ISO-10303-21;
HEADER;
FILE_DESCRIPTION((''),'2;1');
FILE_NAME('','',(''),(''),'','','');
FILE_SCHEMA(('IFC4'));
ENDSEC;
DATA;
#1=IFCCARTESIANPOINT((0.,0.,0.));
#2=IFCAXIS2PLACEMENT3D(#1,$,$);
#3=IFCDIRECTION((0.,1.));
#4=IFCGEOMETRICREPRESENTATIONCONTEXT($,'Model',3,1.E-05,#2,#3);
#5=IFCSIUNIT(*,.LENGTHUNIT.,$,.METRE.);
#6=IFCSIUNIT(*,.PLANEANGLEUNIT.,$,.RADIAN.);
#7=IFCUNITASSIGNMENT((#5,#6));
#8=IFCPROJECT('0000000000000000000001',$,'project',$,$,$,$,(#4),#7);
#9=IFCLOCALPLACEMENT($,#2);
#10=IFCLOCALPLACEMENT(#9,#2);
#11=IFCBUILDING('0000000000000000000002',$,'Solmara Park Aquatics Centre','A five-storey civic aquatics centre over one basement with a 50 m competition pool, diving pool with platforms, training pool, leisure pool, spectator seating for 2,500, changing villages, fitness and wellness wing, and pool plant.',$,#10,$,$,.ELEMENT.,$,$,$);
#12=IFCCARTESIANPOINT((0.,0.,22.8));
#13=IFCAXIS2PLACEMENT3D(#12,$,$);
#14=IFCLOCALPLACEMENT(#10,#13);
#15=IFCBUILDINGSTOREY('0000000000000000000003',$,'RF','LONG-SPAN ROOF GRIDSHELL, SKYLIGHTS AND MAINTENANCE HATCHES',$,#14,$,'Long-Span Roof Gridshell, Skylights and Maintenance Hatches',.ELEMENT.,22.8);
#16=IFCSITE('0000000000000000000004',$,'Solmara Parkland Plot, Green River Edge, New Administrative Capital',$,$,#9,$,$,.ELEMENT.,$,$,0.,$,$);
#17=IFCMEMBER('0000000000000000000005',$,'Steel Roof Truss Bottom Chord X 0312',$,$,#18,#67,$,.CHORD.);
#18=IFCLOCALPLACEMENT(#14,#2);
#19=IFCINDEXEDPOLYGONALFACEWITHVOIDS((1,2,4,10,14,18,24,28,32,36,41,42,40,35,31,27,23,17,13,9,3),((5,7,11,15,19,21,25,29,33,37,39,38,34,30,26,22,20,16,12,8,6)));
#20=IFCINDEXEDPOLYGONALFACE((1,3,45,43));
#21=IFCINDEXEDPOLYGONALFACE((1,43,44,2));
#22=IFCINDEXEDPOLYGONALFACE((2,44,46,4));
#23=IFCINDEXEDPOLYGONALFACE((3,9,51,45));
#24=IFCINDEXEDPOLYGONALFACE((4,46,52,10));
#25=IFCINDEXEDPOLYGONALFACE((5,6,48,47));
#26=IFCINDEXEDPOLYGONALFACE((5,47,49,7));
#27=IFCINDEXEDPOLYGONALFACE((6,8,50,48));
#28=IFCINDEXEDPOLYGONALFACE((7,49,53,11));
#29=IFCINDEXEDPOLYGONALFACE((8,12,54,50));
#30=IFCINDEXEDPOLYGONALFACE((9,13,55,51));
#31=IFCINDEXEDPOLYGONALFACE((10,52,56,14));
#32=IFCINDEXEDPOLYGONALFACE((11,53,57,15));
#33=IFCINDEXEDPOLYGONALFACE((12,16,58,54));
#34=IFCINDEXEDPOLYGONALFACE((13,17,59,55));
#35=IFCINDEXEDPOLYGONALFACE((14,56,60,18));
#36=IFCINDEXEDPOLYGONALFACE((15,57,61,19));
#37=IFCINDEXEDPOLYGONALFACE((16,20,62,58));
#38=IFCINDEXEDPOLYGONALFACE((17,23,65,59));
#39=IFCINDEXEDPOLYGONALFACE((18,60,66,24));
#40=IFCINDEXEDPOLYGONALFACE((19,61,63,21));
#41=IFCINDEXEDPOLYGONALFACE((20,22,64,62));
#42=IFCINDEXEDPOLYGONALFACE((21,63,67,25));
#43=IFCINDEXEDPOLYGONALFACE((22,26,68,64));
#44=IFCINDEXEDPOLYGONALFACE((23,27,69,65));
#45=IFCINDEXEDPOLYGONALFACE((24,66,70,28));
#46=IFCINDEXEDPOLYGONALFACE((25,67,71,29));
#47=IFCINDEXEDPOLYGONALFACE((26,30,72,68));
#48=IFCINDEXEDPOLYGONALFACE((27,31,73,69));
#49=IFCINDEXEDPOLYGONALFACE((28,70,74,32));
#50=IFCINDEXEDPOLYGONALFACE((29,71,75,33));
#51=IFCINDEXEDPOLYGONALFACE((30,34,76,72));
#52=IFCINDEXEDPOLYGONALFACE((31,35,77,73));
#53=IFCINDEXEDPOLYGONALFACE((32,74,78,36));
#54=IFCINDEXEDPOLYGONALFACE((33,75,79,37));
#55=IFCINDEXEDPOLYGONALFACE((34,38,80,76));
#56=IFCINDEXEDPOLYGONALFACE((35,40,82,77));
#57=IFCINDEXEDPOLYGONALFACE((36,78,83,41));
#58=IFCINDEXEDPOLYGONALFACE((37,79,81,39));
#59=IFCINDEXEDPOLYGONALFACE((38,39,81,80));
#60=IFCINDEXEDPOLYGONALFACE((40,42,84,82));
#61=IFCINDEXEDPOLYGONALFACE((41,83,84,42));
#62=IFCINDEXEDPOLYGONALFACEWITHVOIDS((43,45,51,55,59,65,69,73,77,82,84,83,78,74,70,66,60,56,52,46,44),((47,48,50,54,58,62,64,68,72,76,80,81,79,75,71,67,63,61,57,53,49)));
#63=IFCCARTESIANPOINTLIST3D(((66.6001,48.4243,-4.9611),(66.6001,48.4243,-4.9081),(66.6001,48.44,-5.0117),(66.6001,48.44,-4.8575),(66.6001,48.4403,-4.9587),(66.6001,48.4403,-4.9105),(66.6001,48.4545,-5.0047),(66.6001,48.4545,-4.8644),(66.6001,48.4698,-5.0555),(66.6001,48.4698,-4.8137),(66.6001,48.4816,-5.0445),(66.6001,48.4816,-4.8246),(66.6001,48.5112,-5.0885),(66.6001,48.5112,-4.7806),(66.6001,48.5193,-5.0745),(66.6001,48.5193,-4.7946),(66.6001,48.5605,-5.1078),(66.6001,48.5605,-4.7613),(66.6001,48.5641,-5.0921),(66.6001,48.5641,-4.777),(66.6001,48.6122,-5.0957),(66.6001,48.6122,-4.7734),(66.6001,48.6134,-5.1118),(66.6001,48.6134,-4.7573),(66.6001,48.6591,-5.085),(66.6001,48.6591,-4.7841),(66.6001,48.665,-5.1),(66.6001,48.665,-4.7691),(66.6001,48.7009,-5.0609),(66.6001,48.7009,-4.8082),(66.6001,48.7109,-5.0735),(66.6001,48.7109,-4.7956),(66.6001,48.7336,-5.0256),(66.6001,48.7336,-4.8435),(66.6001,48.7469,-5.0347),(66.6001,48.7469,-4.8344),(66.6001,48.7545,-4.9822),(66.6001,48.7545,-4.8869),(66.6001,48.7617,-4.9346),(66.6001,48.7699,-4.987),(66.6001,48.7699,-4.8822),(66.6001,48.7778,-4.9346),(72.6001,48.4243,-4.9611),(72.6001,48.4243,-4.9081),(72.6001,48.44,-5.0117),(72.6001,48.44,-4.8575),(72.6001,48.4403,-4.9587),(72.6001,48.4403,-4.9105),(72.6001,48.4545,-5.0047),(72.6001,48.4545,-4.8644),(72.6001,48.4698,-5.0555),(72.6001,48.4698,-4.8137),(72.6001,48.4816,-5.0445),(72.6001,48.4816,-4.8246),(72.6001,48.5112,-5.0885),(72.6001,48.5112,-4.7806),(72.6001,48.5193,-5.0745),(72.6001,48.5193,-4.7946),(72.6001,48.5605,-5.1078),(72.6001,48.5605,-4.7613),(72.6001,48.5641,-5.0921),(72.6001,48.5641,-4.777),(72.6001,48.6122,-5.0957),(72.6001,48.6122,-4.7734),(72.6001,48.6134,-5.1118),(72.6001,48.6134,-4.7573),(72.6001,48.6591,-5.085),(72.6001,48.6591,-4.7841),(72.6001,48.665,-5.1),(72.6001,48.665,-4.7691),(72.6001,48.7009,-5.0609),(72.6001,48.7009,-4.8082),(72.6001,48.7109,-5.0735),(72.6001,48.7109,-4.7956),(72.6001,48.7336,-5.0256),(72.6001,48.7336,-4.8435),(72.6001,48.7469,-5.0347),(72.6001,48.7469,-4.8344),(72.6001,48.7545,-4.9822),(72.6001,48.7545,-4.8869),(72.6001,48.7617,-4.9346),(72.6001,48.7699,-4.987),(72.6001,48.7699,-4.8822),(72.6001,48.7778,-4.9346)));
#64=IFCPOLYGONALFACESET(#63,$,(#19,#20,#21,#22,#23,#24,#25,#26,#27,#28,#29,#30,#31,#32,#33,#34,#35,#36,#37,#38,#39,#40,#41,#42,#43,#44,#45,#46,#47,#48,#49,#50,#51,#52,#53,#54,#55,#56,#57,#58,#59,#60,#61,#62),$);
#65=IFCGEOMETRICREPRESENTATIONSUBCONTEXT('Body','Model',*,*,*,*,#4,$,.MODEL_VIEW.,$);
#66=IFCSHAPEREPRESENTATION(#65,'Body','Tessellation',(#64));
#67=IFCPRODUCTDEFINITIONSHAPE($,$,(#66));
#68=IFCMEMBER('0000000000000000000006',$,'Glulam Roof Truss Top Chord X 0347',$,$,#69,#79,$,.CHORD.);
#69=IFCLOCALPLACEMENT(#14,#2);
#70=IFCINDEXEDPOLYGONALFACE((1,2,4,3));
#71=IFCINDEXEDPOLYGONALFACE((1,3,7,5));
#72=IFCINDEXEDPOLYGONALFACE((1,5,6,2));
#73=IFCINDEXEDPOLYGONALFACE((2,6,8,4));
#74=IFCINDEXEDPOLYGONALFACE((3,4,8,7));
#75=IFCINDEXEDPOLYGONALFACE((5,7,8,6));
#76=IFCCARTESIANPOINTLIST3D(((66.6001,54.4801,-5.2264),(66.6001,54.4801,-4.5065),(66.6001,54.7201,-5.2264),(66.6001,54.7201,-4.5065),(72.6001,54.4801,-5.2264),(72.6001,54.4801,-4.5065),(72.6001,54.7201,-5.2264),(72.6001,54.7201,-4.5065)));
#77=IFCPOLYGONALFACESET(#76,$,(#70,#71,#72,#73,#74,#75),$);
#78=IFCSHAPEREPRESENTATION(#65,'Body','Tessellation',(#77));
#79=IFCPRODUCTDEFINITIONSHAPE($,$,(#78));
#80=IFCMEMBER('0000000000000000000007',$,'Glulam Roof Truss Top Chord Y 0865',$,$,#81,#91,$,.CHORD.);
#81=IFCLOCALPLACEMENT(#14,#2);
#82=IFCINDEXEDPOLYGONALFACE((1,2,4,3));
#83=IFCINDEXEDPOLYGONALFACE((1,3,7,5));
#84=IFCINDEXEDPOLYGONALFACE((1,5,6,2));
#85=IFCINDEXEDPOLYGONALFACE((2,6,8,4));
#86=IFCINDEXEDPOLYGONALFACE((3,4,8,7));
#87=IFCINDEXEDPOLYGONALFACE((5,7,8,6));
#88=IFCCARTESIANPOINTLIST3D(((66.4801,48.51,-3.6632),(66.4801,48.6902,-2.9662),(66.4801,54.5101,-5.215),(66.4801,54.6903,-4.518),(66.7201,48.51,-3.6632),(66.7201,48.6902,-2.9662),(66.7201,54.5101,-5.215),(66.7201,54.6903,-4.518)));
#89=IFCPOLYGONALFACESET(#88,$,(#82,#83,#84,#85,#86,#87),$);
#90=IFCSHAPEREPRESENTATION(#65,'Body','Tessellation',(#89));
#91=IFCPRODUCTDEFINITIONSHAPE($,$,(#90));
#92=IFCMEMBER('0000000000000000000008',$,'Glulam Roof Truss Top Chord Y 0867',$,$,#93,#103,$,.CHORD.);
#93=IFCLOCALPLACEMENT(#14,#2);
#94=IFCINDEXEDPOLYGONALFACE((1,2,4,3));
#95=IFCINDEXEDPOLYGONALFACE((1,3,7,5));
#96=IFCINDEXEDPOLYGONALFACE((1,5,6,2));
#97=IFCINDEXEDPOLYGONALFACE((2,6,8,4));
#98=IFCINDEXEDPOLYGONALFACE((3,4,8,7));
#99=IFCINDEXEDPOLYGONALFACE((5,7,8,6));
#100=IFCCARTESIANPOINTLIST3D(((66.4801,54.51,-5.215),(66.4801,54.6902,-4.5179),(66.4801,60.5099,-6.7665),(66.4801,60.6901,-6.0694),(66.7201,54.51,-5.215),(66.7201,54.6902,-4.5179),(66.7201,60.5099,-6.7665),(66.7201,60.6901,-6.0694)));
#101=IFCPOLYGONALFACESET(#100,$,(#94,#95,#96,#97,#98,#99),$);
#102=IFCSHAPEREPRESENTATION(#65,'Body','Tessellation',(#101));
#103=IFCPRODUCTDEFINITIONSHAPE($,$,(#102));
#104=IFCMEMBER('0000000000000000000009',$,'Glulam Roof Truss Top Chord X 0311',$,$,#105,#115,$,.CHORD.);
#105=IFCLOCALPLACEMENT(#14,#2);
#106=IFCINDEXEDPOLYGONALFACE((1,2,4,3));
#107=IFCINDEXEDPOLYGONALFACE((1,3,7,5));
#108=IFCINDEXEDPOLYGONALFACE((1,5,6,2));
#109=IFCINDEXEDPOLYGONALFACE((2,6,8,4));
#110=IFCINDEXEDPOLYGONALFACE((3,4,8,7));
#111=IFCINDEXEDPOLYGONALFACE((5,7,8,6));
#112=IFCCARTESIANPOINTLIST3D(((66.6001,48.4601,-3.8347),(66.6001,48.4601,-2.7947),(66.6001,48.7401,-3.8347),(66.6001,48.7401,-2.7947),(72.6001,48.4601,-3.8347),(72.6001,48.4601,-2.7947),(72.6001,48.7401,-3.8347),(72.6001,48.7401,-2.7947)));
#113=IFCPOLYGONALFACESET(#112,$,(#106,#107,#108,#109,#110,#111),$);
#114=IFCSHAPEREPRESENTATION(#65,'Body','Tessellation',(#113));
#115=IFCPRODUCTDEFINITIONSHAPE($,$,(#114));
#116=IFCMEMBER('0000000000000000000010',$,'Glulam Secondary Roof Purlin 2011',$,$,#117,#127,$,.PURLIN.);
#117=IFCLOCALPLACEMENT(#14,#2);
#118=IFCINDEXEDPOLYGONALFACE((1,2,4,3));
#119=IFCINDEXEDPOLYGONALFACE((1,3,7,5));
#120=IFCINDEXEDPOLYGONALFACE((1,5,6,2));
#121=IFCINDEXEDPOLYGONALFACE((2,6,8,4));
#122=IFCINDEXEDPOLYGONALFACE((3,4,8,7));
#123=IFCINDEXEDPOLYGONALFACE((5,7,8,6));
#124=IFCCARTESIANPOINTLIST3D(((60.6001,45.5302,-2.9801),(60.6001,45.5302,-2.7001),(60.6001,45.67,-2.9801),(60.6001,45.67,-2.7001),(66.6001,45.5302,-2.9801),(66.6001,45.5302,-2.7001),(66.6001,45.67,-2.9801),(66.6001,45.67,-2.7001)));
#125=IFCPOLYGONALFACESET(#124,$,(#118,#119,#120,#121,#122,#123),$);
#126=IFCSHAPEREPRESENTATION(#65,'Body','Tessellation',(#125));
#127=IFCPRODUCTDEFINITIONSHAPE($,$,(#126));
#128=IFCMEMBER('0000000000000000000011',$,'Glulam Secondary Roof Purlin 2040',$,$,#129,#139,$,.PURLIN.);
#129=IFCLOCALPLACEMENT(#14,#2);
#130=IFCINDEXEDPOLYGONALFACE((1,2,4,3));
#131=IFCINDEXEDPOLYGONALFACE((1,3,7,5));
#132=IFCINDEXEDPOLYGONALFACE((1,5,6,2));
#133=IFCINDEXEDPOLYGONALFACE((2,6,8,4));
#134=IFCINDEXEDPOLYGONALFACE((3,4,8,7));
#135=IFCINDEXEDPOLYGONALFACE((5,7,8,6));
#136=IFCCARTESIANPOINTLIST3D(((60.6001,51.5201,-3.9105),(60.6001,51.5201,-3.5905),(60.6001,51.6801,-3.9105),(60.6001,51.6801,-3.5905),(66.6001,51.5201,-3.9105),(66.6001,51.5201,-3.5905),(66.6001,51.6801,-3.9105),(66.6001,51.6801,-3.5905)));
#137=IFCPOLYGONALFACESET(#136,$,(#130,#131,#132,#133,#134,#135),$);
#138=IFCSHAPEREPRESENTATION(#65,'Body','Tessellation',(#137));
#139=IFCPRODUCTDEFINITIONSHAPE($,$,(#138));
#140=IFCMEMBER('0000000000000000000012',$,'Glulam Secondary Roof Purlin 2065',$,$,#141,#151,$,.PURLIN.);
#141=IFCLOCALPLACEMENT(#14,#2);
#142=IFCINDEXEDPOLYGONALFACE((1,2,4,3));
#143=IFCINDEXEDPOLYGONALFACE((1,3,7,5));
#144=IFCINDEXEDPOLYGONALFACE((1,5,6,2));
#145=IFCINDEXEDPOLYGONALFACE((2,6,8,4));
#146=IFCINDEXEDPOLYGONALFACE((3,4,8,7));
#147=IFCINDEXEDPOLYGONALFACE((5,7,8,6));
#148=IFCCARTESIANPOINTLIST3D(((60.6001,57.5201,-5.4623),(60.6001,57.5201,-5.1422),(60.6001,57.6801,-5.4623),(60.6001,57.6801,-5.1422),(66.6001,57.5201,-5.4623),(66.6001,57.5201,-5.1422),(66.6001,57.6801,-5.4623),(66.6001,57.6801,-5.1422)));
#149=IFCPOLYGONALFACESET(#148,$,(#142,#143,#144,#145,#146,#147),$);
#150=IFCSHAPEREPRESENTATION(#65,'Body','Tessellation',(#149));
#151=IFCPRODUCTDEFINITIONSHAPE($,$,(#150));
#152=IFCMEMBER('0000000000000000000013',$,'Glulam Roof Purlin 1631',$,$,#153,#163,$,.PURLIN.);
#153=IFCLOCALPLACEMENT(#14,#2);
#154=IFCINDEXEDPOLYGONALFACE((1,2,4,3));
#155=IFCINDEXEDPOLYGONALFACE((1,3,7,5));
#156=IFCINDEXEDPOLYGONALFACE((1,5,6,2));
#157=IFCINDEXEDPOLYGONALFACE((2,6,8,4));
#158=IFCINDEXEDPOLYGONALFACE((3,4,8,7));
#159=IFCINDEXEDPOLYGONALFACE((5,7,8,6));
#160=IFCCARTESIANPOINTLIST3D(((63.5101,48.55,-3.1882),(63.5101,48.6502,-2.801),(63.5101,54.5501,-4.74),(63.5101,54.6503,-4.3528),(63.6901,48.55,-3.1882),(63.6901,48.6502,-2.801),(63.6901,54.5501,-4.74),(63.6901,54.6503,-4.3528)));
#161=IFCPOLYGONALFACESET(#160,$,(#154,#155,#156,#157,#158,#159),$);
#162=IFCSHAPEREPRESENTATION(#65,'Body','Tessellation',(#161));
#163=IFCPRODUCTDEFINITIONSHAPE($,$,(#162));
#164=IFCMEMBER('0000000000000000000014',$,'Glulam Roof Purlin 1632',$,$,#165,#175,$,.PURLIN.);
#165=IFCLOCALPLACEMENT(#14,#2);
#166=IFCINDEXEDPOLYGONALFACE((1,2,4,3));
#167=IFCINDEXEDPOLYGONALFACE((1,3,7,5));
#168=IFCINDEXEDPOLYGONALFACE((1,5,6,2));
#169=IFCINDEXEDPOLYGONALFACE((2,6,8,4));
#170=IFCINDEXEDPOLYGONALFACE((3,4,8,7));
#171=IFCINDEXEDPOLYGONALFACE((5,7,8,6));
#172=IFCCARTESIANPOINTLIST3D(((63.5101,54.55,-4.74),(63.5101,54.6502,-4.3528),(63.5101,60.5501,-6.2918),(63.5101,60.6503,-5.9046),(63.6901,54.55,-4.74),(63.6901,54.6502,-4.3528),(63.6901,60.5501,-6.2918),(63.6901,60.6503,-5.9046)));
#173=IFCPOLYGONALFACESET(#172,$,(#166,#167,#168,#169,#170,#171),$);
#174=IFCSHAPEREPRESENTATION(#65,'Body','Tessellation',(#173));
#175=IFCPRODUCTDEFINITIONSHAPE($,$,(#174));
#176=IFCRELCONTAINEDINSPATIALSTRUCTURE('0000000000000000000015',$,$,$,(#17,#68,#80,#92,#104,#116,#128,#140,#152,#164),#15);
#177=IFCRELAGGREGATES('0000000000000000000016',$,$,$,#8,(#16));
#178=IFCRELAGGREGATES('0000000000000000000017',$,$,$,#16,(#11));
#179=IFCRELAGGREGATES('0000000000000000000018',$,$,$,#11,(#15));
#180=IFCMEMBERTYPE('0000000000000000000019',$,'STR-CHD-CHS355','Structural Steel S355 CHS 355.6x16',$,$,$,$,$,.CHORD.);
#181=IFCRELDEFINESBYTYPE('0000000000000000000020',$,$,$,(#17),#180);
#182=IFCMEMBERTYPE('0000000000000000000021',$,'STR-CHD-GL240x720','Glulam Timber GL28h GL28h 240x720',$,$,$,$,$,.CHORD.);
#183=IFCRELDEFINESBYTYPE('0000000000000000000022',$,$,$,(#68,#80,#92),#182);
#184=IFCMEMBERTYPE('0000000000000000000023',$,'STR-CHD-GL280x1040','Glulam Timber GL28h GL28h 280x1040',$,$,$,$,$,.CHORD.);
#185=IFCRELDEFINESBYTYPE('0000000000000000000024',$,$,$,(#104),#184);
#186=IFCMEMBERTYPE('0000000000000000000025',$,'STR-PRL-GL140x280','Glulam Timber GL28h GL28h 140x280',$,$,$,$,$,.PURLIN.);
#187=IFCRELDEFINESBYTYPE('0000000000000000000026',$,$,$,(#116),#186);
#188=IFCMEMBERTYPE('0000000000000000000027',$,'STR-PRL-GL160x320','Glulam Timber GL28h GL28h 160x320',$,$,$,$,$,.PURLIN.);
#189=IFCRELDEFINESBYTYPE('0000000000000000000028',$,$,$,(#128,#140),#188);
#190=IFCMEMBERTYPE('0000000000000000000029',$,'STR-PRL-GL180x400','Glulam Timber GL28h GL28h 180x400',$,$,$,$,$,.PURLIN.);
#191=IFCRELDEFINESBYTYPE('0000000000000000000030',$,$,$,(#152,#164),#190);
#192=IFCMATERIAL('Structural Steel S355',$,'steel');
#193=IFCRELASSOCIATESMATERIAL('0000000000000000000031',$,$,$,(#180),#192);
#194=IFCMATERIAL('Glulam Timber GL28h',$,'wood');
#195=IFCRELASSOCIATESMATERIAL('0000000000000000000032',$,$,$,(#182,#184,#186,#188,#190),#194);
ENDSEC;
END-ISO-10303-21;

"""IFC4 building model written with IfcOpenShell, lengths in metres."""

from ifc_helpers import new_model, si_unit, direction, frame, origin, origin_2d, place, context, subcontext, project, spatial, rectangle, hollow_circle, extrude, material, material_profile, profile_set, type_object, element, save


model = new_model("IFC4")

# Units and contexts
model_context = context("Model", 3, precision=1e-05, world=origin(), true_north=direction((0.0, 1.0)))
body_context = subcontext(model_context, "Body", "Model", "MODEL_VIEW")
ifc_project = project(units=[si_unit("LENGTHUNIT", "METRE"), si_unit("PLANEANGLEUNIT", "RADIAN")], contexts=[model_context])

# Site, building, storey
site_placement = place(None, origin())
site = spatial("IfcSite", under=ifc_project, at=site_placement, Name="Solmara Parkland Plot, Green River Edge, New Administrative Capital", CompositionType="ELEMENT", RefElevation=0.0)
building_placement = place(site_placement, origin())
building = spatial("IfcBuilding", under=site, at=building_placement, Name="Solmara Park Aquatics Centre", Description="A five-storey civic aquatics centre over one basement with a 50 m competition pool, diving pool with platforms, training pool, leisure pool, spectator seating for 2,500, changing villages, fitness and wellness wing, and pool plant.", CompositionType="ELEMENT")
storey_placement = place(building_placement, frame((0.0, 0.0, 22.8)))
storey = spatial("IfcBuildingStorey", under=building, at=storey_placement, Name="RF", Description="LONG-SPAN ROOF GRIDSHELL, SKYLIGHTS AND MAINTENANCE HATCHES", LongName="Long-Span Roof Gridshell, Skylights and Maintenance Hatches", CompositionType="ELEMENT", Elevation=22.8)

# Members
ifc_material_1 = material(Name="Structural Steel S355", Category="steel")
ifc_material_profile_1 = material_profile(ifc_material_1, hollow_circle(Radius=0.1777, WallThickness=0.0161, at=origin_2d()), Name="CHS 355.6x16")
ifc_profile_set_1 = profile_set([ifc_material_profile_1], Name="Structural Steel S355")
member_type_1 = type_object("IfcMemberType", Name="STR-CHD-CHS355", Description="Structural Steel S355 CHS 355.6x16", PredefinedType="CHORD", material=ifc_profile_set_1)
member_1_placement = place(storey_placement, frame((66.6001, 48.6001, -4.9346), z_axis=(1.0, 0.0, 0.0), x_axis=(0.0, 1.0, 0.0)))
element("IfcMember", 1, at=member_1_placement, inside=storey, type_object=member_type_1, Name="Steel Roof Truss Bottom Chord X 0312", PredefinedType="CHORD", context=body_context, shape_type="SweptSolid", body=[
    extrude(hollow_circle(Radius=0.1777, WallThickness=0.0161, at=origin_2d()), origin(), (0.0, 0.0, 1.0), 6.0),
])
ifc_material_2 = material(Name="Glulam Timber GL28h", Category="wood")
ifc_material_profile_2 = material_profile(ifc_material_2, rectangle(XDim=0.24, YDim=0.72, at=origin_2d()), Name="GL28h 240x720")
ifc_profile_set_2 = profile_set([ifc_material_profile_2], Name="Glulam Timber GL28h")
member_type_2 = type_object("IfcMemberType", Name="STR-CHD-GL240x720", Description="Glulam Timber GL28h GL28h 240x720", PredefinedType="CHORD", material=ifc_profile_set_2)
member_2_placement = place(storey_placement, frame((66.6001, 54.6001, -4.8665), z_axis=(1.0, 0.0, 0.0), x_axis=(0.0, 1.0, 0.0)))
element("IfcMember", 2, at=member_2_placement, inside=storey, type_object=member_type_2, Name="Glulam Roof Truss Top Chord X 0347", PredefinedType="CHORD", context=body_context, shape_type="SweptSolid", body=[
    extrude(rectangle(XDim=0.24, YDim=0.72, at=origin_2d()), origin(), (0.0, 0.0, 1.0), 6.0),
])
member_3_placement = place(storey_placement, frame((66.6001, 48.6001, -3.3147), z_axis=(0.0, 0.968146, -0.250388), x_axis=(-1.0, 0.0, 0.0)))
element("IfcMember", 3, at=member_3_placement, inside=storey, type_object=member_type_2, Name="Glulam Roof Truss Top Chord Y 0865", PredefinedType="CHORD", context=body_context, shape_type="SweptSolid", body=[
    extrude(rectangle(XDim=0.24, YDim=0.72, at=origin_2d()), origin(), (0.0, 0.0, 1.0), 6.1975),
])
member_4_placement = place(storey_placement, frame((66.6001, 54.6001, -4.8665), z_axis=(0.0, 0.968155, -0.250351), x_axis=(-1.0, 0.0, 0.0)))
element("IfcMember", 4, at=member_4_placement, inside=storey, type_object=member_type_2, Name="Glulam Roof Truss Top Chord Y 0867", PredefinedType="CHORD", context=body_context, shape_type="SweptSolid", body=[
    extrude(rectangle(XDim=0.24, YDim=0.72, at=origin_2d()), origin(), (0.0, 0.0, 1.0), 6.1973),
])
ifc_material_profile_3 = material_profile(ifc_material_2, rectangle(XDim=0.28, YDim=1.04, at=origin_2d()), Name="GL28h 280x1040")
ifc_profile_set_3 = profile_set([ifc_material_profile_3], Name="Glulam Timber GL28h")
member_type_3 = type_object("IfcMemberType", Name="STR-CHD-GL280x1040", Description="Glulam Timber GL28h GL28h 280x1040", PredefinedType="CHORD", material=ifc_profile_set_3)
member_5_placement = place(storey_placement, frame((66.6001, 48.6001, -3.3147), z_axis=(1.0, 0.0, 0.0), x_axis=(0.0, 1.0, 0.0)))
element("IfcMember", 5, at=member_5_placement, inside=storey, type_object=member_type_3, Name="Glulam Roof Truss Top Chord X 0311", PredefinedType="CHORD", context=body_context, shape_type="SweptSolid", body=[
    extrude(rectangle(XDim=0.28, YDim=1.04, at=origin_2d()), origin(), (0.0, 0.0, 1.0), 6.0),
])
ifc_material_profile_4 = material_profile(ifc_material_2, rectangle(XDim=0.1399, YDim=0.28, at=origin_2d()), Name="GL28h 140x280")
ifc_profile_set_4 = profile_set([ifc_material_profile_4], Name="Glulam Timber GL28h")
member_type_4 = type_object("IfcMemberType", Name="STR-PRL-GL140x280", Description="Glulam Timber GL28h GL28h 140x280", PredefinedType="PURLIN", material=ifc_profile_set_4)
member_6_placement = place(storey_placement, frame((60.6001, 45.6001, -2.8401), z_axis=(1.0, 0.0, 0.0), x_axis=(0.0, 1.0, 0.0)))
element("IfcMember", 6, at=member_6_placement, inside=storey, type_object=member_type_4, Name="Glulam Secondary Roof Purlin 2011", PredefinedType="PURLIN", context=body_context, shape_type="SweptSolid", body=[
    extrude(rectangle(XDim=0.1399, YDim=0.28, at=origin_2d()), origin(), (0.0, 0.0, 1.0), 6.0),
])
ifc_material_profile_5 = material_profile(ifc_material_2, rectangle(XDim=0.1599, YDim=0.3201, at=origin_2d()), Name="GL28h 160x320")
ifc_profile_set_5 = profile_set([ifc_material_profile_5], Name="Glulam Timber GL28h")
member_type_5 = type_object("IfcMemberType", Name="STR-PRL-GL160x320", Description="Glulam Timber GL28h GL28h 160x320", PredefinedType="PURLIN", material=ifc_profile_set_5)
for number, where, z_axis, x_axis, name in (
    (7, (60.6001, 51.6001, -3.7505), (1.0, 0.0, 0.0), (0.0, 1.0, 0.0), "Glulam Secondary Roof Purlin 2040"),
    (8, (60.6001, 57.6001, -5.3022), (1.0, 0.0, 0.0), (0.0, 1.0, 0.0), "Glulam Secondary Roof Purlin 2065"),
):
    element("IfcMember", number, at=place(storey_placement, frame(where, z_axis=z_axis, x_axis=x_axis)), inside=storey, type_object=member_type_5, Name=name, PredefinedType="PURLIN", context=body_context, shape_type="SweptSolid", body=[
        extrude(rectangle(XDim=0.1599, YDim=0.3201, at=origin_2d()), origin(), (0.0, 0.0, 1.0), 6.0),
    ])
ifc_material_profile_6 = material_profile(ifc_material_2, rectangle(XDim=0.1799, YDim=0.3999, at=origin_2d()), Name="GL28h 180x400")
ifc_profile_set_6 = profile_set([ifc_material_profile_6], Name="Glulam Timber GL28h")
member_type_6 = type_object("IfcMemberType", Name="STR-PRL-GL180x400", Description="Glulam Timber GL28h GL28h 180x400", PredefinedType="PURLIN", material=ifc_profile_set_6)
for number, where, z_axis, x_axis, name in (
    (9, (63.6001, 48.6001, -2.9946), (0.0, 0.968146, -0.250388), (-1.0, 0.0, 0.0), "Glulam Roof Purlin 1631"),
    (10, (63.6001, 54.6001, -4.5464), (0.0, 0.968146, -0.250388), (-1.0, 0.0, 0.0), "Glulam Roof Purlin 1632"),
):
    element("IfcMember", number, at=place(storey_placement, frame(where, z_axis=z_axis, x_axis=x_axis)), inside=storey, type_object=member_type_6, Name=name, PredefinedType="PURLIN", context=body_context, shape_type="SweptSolid", body=[
        extrude(rectangle(XDim=0.1799, YDim=0.3999, at=origin_2d()), origin(), (0.0, 0.0, 1.0), 6.1975),
    ])

save(model, "model.ifc")
